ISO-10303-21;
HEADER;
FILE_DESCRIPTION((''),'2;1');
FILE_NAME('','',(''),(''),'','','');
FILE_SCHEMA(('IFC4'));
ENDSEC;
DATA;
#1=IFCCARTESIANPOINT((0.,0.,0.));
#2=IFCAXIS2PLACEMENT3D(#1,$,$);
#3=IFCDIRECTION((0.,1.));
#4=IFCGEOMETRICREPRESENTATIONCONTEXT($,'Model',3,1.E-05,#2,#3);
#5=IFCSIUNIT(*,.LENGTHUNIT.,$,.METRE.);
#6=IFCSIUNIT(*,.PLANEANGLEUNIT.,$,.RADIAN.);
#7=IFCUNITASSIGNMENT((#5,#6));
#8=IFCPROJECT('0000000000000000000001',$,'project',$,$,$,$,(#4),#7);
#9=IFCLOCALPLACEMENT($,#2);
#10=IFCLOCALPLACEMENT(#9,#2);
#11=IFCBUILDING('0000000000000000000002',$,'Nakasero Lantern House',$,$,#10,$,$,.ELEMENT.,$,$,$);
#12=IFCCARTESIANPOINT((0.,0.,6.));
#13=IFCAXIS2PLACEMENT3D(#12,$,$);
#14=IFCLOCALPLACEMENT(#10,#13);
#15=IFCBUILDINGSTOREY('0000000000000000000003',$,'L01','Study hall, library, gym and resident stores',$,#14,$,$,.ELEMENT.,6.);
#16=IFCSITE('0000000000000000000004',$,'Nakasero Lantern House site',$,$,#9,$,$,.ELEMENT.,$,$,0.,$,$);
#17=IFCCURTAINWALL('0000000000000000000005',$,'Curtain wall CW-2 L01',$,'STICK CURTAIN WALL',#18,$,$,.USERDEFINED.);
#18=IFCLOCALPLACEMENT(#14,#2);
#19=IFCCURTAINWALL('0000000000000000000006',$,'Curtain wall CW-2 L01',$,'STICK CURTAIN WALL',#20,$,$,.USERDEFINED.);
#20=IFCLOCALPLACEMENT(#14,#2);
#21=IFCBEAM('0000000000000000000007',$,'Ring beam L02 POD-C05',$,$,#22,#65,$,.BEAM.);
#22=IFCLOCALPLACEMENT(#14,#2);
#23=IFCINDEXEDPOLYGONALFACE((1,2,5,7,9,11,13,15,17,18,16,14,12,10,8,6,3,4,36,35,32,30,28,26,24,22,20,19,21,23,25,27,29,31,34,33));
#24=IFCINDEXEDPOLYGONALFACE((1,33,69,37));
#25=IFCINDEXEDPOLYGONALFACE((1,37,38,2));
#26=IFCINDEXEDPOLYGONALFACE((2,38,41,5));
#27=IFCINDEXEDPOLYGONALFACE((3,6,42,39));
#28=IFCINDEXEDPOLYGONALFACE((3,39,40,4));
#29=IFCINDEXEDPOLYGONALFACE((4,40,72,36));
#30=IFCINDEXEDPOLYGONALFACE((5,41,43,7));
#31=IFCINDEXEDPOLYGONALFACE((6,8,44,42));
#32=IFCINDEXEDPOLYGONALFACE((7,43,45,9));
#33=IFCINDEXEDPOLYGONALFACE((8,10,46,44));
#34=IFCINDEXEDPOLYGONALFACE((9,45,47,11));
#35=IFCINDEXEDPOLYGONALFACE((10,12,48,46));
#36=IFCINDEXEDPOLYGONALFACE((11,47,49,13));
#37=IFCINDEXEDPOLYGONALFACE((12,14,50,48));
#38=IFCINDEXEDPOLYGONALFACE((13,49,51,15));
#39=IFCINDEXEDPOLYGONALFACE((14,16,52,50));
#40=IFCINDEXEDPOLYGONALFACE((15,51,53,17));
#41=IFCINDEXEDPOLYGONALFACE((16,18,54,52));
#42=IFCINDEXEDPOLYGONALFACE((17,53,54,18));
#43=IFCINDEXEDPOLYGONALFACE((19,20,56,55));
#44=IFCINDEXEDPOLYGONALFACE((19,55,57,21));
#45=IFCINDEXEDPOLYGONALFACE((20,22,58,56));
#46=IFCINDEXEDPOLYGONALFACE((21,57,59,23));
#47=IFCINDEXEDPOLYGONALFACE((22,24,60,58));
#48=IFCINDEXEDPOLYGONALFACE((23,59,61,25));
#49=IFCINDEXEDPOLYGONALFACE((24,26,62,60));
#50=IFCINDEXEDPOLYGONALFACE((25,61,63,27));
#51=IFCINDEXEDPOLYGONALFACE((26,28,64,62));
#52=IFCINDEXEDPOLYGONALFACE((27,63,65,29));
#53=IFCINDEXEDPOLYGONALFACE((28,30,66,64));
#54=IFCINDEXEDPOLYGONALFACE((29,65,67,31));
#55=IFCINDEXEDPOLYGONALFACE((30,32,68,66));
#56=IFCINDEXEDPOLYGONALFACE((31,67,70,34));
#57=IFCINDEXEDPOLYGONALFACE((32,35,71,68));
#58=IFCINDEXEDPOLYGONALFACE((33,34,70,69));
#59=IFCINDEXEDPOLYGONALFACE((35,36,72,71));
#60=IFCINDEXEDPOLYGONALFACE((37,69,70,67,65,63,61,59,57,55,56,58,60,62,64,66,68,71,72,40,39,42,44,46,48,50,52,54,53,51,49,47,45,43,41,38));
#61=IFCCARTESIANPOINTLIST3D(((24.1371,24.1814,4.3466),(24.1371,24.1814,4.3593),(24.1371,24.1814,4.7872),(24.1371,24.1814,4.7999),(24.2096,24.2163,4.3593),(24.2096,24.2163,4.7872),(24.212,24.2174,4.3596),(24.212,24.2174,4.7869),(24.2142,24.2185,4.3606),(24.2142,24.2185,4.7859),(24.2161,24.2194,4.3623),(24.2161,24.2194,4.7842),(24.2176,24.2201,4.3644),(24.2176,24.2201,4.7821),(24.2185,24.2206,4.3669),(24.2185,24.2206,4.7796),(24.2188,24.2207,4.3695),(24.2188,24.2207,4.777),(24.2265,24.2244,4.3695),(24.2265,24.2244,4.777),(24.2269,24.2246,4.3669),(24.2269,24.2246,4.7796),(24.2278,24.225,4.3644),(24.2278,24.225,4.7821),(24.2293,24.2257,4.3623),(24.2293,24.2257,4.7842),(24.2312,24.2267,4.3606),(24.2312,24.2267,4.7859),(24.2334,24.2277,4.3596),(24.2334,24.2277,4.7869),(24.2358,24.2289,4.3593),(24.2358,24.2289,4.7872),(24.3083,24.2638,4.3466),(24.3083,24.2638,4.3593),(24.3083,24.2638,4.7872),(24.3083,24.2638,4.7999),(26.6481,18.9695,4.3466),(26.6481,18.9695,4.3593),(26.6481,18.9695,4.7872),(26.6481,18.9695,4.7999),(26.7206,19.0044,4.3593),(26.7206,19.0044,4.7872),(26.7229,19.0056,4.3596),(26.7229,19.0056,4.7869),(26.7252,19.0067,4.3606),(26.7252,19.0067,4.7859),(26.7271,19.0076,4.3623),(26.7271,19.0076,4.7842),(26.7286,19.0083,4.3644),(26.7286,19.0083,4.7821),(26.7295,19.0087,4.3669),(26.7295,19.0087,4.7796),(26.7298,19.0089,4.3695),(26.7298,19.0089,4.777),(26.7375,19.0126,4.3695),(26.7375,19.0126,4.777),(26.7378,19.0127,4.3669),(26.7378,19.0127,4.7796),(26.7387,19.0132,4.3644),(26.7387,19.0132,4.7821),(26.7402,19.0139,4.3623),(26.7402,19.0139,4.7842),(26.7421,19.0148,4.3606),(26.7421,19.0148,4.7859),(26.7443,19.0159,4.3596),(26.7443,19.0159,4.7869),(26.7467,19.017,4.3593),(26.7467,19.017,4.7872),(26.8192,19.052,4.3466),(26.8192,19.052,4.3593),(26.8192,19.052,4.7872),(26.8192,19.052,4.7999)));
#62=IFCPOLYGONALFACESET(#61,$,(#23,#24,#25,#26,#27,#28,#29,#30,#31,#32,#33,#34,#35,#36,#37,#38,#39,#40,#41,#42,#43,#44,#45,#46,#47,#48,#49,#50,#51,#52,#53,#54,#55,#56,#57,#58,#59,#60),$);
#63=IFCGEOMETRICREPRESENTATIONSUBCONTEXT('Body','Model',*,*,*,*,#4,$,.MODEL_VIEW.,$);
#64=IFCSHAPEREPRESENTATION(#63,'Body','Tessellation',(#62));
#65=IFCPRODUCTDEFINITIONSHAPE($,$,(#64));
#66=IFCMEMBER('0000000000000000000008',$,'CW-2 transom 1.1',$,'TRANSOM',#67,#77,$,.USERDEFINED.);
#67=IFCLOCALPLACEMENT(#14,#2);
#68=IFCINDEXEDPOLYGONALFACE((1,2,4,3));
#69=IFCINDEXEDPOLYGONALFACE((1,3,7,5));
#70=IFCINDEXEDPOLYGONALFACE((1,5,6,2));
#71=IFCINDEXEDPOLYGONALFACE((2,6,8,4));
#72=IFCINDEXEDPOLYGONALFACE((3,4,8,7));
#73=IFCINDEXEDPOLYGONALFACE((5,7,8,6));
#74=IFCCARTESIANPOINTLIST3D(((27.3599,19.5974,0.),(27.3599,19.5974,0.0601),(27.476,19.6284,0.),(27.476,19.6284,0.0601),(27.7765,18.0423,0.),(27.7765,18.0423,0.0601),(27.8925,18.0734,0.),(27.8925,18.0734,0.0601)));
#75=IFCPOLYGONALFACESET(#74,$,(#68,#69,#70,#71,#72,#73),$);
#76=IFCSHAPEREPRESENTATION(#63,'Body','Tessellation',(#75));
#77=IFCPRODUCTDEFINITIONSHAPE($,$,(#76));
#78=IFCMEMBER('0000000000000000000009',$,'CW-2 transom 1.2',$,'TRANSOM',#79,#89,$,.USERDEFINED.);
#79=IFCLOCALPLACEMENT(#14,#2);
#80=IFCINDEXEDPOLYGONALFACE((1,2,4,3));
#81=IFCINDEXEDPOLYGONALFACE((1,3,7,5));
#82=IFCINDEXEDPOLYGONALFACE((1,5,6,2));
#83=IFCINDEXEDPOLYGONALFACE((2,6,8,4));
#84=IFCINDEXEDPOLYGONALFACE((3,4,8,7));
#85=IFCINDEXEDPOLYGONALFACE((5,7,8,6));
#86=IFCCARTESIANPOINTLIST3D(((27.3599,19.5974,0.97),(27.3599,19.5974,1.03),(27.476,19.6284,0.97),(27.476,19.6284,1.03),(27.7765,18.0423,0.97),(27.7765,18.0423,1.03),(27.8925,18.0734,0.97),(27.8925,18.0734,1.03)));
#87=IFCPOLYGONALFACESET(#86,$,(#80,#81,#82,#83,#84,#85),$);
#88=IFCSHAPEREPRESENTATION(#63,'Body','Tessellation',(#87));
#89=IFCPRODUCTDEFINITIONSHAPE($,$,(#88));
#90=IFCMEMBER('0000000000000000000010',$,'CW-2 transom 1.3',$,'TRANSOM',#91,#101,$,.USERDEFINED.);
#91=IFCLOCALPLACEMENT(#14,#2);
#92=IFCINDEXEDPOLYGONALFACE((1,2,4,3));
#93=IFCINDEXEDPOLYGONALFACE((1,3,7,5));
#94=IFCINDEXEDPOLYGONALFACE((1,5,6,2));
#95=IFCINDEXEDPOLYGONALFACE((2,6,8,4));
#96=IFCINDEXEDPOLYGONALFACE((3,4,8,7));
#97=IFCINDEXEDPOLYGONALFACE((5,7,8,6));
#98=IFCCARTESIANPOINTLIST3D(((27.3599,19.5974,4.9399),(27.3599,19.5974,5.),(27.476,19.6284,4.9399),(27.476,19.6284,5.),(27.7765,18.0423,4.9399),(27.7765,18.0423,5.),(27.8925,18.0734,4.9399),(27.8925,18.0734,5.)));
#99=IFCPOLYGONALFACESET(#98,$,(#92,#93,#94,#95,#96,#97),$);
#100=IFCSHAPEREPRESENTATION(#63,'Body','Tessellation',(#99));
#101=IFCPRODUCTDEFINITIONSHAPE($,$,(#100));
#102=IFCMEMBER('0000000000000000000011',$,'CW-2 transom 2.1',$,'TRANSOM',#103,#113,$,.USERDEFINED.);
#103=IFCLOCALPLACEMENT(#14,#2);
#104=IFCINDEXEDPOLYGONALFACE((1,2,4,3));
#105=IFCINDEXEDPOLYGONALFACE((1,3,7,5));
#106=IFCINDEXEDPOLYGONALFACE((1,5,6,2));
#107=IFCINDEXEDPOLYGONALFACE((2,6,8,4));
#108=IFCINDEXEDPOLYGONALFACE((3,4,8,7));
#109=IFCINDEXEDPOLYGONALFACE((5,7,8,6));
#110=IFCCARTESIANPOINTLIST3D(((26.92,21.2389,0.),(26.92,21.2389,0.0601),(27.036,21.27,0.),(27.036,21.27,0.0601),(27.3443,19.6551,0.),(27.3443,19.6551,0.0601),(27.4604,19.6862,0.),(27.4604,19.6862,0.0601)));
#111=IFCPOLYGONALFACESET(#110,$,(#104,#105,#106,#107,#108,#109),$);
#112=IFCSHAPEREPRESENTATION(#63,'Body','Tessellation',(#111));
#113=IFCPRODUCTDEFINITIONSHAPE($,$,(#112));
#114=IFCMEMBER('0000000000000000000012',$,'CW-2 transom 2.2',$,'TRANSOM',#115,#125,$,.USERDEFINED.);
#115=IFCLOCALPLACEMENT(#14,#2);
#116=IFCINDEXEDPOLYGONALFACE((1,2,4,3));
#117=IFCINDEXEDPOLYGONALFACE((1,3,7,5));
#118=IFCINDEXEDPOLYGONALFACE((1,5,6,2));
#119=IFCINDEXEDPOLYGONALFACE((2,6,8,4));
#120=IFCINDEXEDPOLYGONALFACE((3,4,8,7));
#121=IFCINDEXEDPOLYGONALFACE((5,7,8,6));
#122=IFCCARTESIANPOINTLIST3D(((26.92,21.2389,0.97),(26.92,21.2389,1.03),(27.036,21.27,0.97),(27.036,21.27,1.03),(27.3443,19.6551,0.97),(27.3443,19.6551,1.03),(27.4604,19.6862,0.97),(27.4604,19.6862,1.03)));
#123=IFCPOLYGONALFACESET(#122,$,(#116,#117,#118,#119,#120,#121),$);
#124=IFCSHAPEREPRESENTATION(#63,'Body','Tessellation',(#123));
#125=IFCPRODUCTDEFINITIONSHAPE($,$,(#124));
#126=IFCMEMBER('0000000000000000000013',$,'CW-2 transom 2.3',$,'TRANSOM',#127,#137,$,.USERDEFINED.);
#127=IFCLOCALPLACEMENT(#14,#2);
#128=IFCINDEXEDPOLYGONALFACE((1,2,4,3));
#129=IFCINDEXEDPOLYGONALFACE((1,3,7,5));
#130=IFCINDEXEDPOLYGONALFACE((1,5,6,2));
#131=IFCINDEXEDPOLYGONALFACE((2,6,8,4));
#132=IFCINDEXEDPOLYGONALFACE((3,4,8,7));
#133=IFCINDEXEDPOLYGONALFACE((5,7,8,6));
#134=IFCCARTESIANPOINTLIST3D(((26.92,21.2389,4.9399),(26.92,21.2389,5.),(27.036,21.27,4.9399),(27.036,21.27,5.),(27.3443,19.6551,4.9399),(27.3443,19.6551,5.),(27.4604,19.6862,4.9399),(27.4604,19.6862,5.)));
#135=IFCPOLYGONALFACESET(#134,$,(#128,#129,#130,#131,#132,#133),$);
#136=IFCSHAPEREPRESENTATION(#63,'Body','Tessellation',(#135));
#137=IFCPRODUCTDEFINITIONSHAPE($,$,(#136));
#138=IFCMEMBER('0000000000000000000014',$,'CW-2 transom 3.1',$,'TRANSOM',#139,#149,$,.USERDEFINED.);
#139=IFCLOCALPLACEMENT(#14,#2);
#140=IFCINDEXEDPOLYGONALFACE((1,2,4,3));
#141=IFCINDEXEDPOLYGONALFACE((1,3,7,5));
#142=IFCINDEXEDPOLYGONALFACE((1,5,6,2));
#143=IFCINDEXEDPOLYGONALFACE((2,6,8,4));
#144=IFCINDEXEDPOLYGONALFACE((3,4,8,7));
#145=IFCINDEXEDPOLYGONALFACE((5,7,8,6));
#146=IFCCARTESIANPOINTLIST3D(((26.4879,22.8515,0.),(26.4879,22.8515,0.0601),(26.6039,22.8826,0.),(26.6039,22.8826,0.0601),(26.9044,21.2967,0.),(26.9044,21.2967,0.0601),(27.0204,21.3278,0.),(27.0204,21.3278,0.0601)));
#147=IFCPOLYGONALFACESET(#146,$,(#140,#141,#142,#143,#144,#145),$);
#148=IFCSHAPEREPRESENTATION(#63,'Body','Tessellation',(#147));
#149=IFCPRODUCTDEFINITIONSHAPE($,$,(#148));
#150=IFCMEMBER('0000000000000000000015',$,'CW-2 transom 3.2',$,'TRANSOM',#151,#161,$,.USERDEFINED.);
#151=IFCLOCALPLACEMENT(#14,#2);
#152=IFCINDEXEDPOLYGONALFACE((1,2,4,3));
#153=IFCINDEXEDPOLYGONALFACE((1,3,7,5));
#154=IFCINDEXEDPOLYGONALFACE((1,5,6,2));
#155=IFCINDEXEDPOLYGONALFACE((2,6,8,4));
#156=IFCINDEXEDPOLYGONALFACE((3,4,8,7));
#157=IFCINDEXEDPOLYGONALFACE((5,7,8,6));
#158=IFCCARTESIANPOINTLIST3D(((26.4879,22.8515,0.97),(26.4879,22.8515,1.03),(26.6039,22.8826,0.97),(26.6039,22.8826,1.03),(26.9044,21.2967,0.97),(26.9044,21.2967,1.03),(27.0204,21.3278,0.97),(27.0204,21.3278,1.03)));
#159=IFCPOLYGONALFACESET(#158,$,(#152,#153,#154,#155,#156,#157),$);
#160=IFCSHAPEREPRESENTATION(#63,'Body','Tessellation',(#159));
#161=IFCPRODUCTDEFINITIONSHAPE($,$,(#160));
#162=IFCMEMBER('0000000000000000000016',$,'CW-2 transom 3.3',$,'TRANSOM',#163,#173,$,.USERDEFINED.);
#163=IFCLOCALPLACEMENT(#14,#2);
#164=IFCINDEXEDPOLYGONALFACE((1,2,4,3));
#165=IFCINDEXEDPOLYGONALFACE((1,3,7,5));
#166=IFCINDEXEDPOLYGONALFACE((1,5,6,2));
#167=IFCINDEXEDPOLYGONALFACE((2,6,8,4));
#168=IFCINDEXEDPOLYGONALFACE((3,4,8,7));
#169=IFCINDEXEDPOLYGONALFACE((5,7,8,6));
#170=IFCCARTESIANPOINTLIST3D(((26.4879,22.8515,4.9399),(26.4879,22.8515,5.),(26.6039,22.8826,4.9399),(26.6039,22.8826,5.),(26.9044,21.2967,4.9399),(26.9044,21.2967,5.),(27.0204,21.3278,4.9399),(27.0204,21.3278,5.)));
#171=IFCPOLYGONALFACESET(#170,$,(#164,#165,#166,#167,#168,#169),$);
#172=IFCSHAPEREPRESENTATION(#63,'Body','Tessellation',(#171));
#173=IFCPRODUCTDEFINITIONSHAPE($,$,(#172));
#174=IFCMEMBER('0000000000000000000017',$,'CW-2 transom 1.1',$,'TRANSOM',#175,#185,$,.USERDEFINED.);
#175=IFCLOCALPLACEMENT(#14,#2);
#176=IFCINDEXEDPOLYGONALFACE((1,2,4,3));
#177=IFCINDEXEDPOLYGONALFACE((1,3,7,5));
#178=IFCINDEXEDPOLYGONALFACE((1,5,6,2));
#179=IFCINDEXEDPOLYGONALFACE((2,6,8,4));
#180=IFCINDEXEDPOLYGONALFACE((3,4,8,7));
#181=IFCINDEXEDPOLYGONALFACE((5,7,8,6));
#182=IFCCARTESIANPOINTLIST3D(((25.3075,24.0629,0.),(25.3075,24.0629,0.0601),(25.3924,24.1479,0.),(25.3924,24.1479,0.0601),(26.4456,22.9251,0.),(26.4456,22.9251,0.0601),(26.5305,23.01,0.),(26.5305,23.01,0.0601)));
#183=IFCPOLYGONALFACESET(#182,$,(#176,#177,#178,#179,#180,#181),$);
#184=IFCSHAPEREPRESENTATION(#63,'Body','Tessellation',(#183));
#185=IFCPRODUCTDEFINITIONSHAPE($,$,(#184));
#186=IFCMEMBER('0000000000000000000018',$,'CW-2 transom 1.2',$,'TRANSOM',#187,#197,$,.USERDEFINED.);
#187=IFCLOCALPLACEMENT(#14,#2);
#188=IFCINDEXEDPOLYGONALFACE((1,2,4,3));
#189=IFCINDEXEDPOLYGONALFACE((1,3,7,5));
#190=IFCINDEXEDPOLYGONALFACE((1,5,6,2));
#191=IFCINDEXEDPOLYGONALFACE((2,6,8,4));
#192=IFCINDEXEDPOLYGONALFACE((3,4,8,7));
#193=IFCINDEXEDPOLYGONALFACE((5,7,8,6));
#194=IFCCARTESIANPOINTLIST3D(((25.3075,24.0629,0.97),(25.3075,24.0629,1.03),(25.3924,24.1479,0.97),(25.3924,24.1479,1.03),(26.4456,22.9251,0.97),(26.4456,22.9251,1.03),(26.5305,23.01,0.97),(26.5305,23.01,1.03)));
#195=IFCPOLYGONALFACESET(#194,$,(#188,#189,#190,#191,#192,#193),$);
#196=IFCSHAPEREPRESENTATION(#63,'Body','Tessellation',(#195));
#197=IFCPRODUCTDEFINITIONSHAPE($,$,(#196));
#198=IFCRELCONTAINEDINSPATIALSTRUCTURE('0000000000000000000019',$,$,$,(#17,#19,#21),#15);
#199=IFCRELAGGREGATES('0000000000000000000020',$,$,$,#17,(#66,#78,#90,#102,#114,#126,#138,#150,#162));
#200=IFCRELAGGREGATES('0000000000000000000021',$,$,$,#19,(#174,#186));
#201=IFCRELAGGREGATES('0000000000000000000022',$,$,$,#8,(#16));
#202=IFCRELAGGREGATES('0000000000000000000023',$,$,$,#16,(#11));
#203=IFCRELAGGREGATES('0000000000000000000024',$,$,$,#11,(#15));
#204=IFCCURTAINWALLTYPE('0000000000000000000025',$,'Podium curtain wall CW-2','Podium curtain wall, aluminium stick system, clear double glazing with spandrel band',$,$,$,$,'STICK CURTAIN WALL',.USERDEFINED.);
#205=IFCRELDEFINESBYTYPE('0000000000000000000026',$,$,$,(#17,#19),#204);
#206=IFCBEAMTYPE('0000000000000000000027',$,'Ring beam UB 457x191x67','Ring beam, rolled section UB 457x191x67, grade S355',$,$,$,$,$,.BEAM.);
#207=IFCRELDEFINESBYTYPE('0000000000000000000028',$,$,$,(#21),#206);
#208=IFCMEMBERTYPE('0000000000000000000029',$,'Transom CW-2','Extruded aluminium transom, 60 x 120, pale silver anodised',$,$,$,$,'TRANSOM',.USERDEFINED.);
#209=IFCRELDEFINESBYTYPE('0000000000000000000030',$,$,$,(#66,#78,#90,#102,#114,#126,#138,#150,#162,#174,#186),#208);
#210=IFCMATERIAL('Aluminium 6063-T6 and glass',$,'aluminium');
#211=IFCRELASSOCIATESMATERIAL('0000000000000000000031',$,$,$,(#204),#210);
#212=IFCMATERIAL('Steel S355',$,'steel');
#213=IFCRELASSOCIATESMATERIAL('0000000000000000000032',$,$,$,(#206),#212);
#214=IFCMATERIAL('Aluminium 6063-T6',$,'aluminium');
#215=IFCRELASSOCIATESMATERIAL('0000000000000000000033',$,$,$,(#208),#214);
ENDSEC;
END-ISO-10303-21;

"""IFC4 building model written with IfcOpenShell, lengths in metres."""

from ifc_helpers import new_model, si_unit, direction, frame, origin, origin_2d, place, context, subcontext, project, spatial, rectangle, i_section, extrude, material, material_profile, profile_set, type_object, element, aggregate, save


model = new_model("IFC4")

# Units and contexts
model_context = context("Model", 3, precision=1e-05, world=origin(), true_north=direction((0.0, 1.0)))
body_context = subcontext(model_context, "Body", "Model", "MODEL_VIEW")
ifc_project = project(units=[si_unit("LENGTHUNIT", "METRE"), si_unit("PLANEANGLEUNIT", "RADIAN")], contexts=[model_context])

# Site, building, storey
site_placement = place(None, origin())
site = spatial("IfcSite", under=ifc_project, at=site_placement, Name="Nakasero Lantern House site", CompositionType="ELEMENT", RefElevation=0.0)
building_placement = place(site_placement, origin())
building = spatial("IfcBuilding", under=site, at=building_placement, Name="Nakasero Lantern House", CompositionType="ELEMENT")
storey_placement = place(building_placement, frame((0.0, 0.0, 6.0)))
storey = spatial("IfcBuildingStorey", under=building, at=storey_placement, Name="L01", Description="Study hall, library, gym and resident stores", CompositionType="ELEMENT", Elevation=6.0)

# Curtain wall
ifc_material_1 = material(Name="Aluminium 6063-T6 and glass", Category="aluminium")
curtain_wall_type = type_object("IfcCurtainWallType", Name="Podium curtain wall CW-2", Description="Podium curtain wall, aluminium stick system, clear double glazing with spandrel band", ElementType="STICK CURTAIN WALL", PredefinedType="USERDEFINED", material=ifc_material_1)
curtain_wall_1_placement = place(storey_placement, origin())
curtain_wall_1 = element("IfcCurtainWall", 1, at=curtain_wall_1_placement, inside=storey, type_object=curtain_wall_type, Name="Curtain wall CW-2 L01", ObjectType="STICK CURTAIN WALL", PredefinedType="USERDEFINED")

# Curtain wall
curtain_wall_2_placement = place(storey_placement, origin())
curtain_wall_2 = element("IfcCurtainWall", 2, at=curtain_wall_2_placement, inside=storey, type_object=curtain_wall_type, Name="Curtain wall CW-2 L01", ObjectType="STICK CURTAIN WALL", PredefinedType="USERDEFINED")

# Beam
ifc_material_2 = material(Name="Steel S355", Category="steel")
ifc_material_profile_1 = material_profile(ifc_material_2, i_section(OverallWidth=0.1899, OverallDepth=0.4534, WebThickness=0.0085, FlangeThickness=0.0127, FilletRadius=0.0103, at=origin_2d()), Name="UB 457x191x67")
ifc_profile_set_1 = profile_set([ifc_material_profile_1], Name="Steel S355")
beam_type_1 = type_object("IfcBeamType", Name="Ring beam UB 457x191x67", Description="Ring beam, rolled section UB 457x191x67, grade S355", PredefinedType="BEAM", material=ifc_profile_set_1)
beam_1_placement = place(storey_placement, frame((26.7336, 19.0107, 4.5732), z_axis=(-0.434033, 0.900897, 0.0), x_axis=(-0.900897, -0.434033, 0.0)))
element("IfcBeam", 3, at=beam_1_placement, inside=storey, type_object=beam_type_1, Name="Ring beam L02 POD-C05", PredefinedType="BEAM", context=body_context, shape_type="SweptSolid", body=[
    extrude(i_section(OverallWidth=0.1899, OverallDepth=0.4534, WebThickness=0.0085, FlangeThickness=0.0127, FilletRadius=0.0103, at=origin_2d()), origin(), (0.0, 0.0, 1.0), 5.7852),
])

# Members
ifc_material_3 = material(Name="Aluminium 6063-T6", Category="aluminium")
ifc_material_profile_2 = material_profile(ifc_material_3, rectangle(XDim=0.0601, YDim=0.1201, at=origin_2d()), Name="CW-2 transom 60x120")
ifc_profile_set_2 = profile_set([ifc_material_profile_2], Name="Aluminium 6063-T6")
member_type_1 = type_object("IfcMemberType", Name="Transom CW-2", Description="Extruded aluminium transom, 60 x 120, pale silver anodised", ElementType="TRANSOM", PredefinedType="USERDEFINED", material=ifc_profile_set_2)
member_1_placement = place(storey_placement, frame((27.8345, 18.0579, 0.03), z_axis=(-0.258739, 0.965947, 0.0), x_axis=(0.0, 0.0, 1.0)))
member_1 = element("IfcMember", 4, at=member_1_placement, type_object=member_type_1, Name="CW-2 transom 1.1", ObjectType="TRANSOM", PredefinedType="USERDEFINED", context=body_context, shape_type="SweptSolid", body=[
    extrude(rectangle(XDim=0.0601, YDim=0.1201, at=origin_2d()), origin(), (0.0, 0.0, 1.0), 1.6099),
])
member_2_placement = place(storey_placement, frame((27.8345, 18.0579, 1.0), z_axis=(-0.258739, 0.965947, 0.0), x_axis=(0.0, 0.0, 1.0)))
member_2 = element("IfcMember", 5, at=member_2_placement, type_object=member_type_1, Name="CW-2 transom 1.2", ObjectType="TRANSOM", PredefinedType="USERDEFINED", context=body_context, shape_type="SweptSolid", body=[
    extrude(rectangle(XDim=0.0601, YDim=0.1201, at=origin_2d()), origin(), (0.0, 0.0, 1.0), 1.6099),
])
member_3_placement = place(storey_placement, frame((27.8345, 18.0579, 4.97), z_axis=(-0.258739, 0.965947, 0.0), x_axis=(0.0, 0.0, 1.0)))
member_3 = element("IfcMember", 6, at=member_3_placement, type_object=member_type_1, Name="CW-2 transom 1.3", ObjectType="TRANSOM", PredefinedType="USERDEFINED", context=body_context, shape_type="SweptSolid", body=[
    extrude(rectangle(XDim=0.0601, YDim=0.1201, at=origin_2d()), origin(), (0.0, 0.0, 1.0), 1.6099),
])
member_4_placement = place(storey_placement, frame((27.4023, 19.6707, 0.03), z_axis=(-0.258793, 0.965933, 0.0), x_axis=(0.0, 0.0, 1.0)))
member_4 = element("IfcMember", 7, at=member_4_placement, type_object=member_type_1, Name="CW-2 transom 2.1", ObjectType="TRANSOM", PredefinedType="USERDEFINED", context=body_context, shape_type="SweptSolid", body=[
    extrude(rectangle(XDim=0.0601, YDim=0.1201, at=origin_2d()), origin(), (0.0, 0.0, 1.0), 1.6396),
])
member_5_placement = place(storey_placement, frame((27.4023, 19.6707, 1.0), z_axis=(-0.258793, 0.965933, 0.0), x_axis=(0.0, 0.0, 1.0)))
member_5 = element("IfcMember", 8, at=member_5_placement, type_object=member_type_1, Name="CW-2 transom 2.2", ObjectType="TRANSOM", PredefinedType="USERDEFINED", context=body_context, shape_type="SweptSolid", body=[
    extrude(rectangle(XDim=0.0601, YDim=0.1201, at=origin_2d()), origin(), (0.0, 0.0, 1.0), 1.6396),
])
member_6_placement = place(storey_placement, frame((27.4023, 19.6707, 4.97), z_axis=(-0.258793, 0.965933, 0.0), x_axis=(0.0, 0.0, 1.0)))
member_6 = element("IfcMember", 9, at=member_6_placement, type_object=member_type_1, Name="CW-2 transom 2.3", ObjectType="TRANSOM", PredefinedType="USERDEFINED", context=body_context, shape_type="SweptSolid", body=[
    extrude(rectangle(XDim=0.0601, YDim=0.1201, at=origin_2d()), origin(), (0.0, 0.0, 1.0), 1.6396),
])
member_7_placement = place(storey_placement, frame((26.9624, 21.3123, 0.03), z_axis=(-0.258777, 0.965937, 0.0), x_axis=(0.0, 0.0, 1.0)))
member_7 = element("IfcMember", 10, at=member_7_placement, type_object=member_type_1, Name="CW-2 transom 3.1", ObjectType="TRANSOM", PredefinedType="USERDEFINED", context=body_context, shape_type="SweptSolid", body=[
    extrude(rectangle(XDim=0.0601, YDim=0.1201, at=origin_2d()), origin(), (0.0, 0.0, 1.0), 1.6096),
])
member_8_placement = place(storey_placement, frame((26.9624, 21.3123, 1.0), z_axis=(-0.258777, 0.965937, 0.0), x_axis=(0.0, 0.0, 1.0)))
member_8 = element("IfcMember", 11, at=member_8_placement, type_object=member_type_1, Name="CW-2 transom 3.2", ObjectType="TRANSOM", PredefinedType="USERDEFINED", context=body_context, shape_type="SweptSolid", body=[
    extrude(rectangle(XDim=0.0601, YDim=0.1201, at=origin_2d()), origin(), (0.0, 0.0, 1.0), 1.6096),
])
member_9_placement = place(storey_placement, frame((26.9624, 21.3123, 4.97), z_axis=(-0.258777, 0.965937, 0.0), x_axis=(0.0, 0.0, 1.0)))
member_9 = element("IfcMember", 12, at=member_9_placement, type_object=member_type_1, Name="CW-2 transom 3.3", ObjectType="TRANSOM", PredefinedType="USERDEFINED", context=body_context, shape_type="SweptSolid", body=[
    extrude(rectangle(XDim=0.0601, YDim=0.1201, at=origin_2d()), origin(), (0.0, 0.0, 1.0), 1.6096),
])
member_10_placement = place(storey_placement, frame((26.488, 22.9675, 0.03), z_axis=(-0.707183, 0.707031, 0.0), x_axis=(0.0, 0.0, 1.0)))
member_10 = element("IfcMember", 13, at=member_10_placement, type_object=member_type_1, Name="CW-2 transom 1.1", ObjectType="TRANSOM", PredefinedType="USERDEFINED", context=body_context, shape_type="SweptSolid", body=[
    extrude(rectangle(XDim=0.0601, YDim=0.1201, at=origin_2d()), origin(), (0.0, 0.0, 1.0), 1.6094),
])
member_11_placement = place(storey_placement, frame((26.488, 22.9675, 1.0), z_axis=(-0.707183, 0.707031, 0.0), x_axis=(0.0, 0.0, 1.0)))
member_11 = element("IfcMember", 14, at=member_11_placement, type_object=member_type_1, Name="CW-2 transom 1.2", ObjectType="TRANSOM", PredefinedType="USERDEFINED", context=body_context, shape_type="SweptSolid", body=[
    extrude(rectangle(XDim=0.0601, YDim=0.1201, at=origin_2d()), origin(), (0.0, 0.0, 1.0), 1.6094),
])

aggregate(curtain_wall_1, [member_1, member_2, member_3, member_4, member_5, member_6, member_7, member_8, member_9])
aggregate(curtain_wall_2, [member_10, member_11])

save(model, "model.ifc")
